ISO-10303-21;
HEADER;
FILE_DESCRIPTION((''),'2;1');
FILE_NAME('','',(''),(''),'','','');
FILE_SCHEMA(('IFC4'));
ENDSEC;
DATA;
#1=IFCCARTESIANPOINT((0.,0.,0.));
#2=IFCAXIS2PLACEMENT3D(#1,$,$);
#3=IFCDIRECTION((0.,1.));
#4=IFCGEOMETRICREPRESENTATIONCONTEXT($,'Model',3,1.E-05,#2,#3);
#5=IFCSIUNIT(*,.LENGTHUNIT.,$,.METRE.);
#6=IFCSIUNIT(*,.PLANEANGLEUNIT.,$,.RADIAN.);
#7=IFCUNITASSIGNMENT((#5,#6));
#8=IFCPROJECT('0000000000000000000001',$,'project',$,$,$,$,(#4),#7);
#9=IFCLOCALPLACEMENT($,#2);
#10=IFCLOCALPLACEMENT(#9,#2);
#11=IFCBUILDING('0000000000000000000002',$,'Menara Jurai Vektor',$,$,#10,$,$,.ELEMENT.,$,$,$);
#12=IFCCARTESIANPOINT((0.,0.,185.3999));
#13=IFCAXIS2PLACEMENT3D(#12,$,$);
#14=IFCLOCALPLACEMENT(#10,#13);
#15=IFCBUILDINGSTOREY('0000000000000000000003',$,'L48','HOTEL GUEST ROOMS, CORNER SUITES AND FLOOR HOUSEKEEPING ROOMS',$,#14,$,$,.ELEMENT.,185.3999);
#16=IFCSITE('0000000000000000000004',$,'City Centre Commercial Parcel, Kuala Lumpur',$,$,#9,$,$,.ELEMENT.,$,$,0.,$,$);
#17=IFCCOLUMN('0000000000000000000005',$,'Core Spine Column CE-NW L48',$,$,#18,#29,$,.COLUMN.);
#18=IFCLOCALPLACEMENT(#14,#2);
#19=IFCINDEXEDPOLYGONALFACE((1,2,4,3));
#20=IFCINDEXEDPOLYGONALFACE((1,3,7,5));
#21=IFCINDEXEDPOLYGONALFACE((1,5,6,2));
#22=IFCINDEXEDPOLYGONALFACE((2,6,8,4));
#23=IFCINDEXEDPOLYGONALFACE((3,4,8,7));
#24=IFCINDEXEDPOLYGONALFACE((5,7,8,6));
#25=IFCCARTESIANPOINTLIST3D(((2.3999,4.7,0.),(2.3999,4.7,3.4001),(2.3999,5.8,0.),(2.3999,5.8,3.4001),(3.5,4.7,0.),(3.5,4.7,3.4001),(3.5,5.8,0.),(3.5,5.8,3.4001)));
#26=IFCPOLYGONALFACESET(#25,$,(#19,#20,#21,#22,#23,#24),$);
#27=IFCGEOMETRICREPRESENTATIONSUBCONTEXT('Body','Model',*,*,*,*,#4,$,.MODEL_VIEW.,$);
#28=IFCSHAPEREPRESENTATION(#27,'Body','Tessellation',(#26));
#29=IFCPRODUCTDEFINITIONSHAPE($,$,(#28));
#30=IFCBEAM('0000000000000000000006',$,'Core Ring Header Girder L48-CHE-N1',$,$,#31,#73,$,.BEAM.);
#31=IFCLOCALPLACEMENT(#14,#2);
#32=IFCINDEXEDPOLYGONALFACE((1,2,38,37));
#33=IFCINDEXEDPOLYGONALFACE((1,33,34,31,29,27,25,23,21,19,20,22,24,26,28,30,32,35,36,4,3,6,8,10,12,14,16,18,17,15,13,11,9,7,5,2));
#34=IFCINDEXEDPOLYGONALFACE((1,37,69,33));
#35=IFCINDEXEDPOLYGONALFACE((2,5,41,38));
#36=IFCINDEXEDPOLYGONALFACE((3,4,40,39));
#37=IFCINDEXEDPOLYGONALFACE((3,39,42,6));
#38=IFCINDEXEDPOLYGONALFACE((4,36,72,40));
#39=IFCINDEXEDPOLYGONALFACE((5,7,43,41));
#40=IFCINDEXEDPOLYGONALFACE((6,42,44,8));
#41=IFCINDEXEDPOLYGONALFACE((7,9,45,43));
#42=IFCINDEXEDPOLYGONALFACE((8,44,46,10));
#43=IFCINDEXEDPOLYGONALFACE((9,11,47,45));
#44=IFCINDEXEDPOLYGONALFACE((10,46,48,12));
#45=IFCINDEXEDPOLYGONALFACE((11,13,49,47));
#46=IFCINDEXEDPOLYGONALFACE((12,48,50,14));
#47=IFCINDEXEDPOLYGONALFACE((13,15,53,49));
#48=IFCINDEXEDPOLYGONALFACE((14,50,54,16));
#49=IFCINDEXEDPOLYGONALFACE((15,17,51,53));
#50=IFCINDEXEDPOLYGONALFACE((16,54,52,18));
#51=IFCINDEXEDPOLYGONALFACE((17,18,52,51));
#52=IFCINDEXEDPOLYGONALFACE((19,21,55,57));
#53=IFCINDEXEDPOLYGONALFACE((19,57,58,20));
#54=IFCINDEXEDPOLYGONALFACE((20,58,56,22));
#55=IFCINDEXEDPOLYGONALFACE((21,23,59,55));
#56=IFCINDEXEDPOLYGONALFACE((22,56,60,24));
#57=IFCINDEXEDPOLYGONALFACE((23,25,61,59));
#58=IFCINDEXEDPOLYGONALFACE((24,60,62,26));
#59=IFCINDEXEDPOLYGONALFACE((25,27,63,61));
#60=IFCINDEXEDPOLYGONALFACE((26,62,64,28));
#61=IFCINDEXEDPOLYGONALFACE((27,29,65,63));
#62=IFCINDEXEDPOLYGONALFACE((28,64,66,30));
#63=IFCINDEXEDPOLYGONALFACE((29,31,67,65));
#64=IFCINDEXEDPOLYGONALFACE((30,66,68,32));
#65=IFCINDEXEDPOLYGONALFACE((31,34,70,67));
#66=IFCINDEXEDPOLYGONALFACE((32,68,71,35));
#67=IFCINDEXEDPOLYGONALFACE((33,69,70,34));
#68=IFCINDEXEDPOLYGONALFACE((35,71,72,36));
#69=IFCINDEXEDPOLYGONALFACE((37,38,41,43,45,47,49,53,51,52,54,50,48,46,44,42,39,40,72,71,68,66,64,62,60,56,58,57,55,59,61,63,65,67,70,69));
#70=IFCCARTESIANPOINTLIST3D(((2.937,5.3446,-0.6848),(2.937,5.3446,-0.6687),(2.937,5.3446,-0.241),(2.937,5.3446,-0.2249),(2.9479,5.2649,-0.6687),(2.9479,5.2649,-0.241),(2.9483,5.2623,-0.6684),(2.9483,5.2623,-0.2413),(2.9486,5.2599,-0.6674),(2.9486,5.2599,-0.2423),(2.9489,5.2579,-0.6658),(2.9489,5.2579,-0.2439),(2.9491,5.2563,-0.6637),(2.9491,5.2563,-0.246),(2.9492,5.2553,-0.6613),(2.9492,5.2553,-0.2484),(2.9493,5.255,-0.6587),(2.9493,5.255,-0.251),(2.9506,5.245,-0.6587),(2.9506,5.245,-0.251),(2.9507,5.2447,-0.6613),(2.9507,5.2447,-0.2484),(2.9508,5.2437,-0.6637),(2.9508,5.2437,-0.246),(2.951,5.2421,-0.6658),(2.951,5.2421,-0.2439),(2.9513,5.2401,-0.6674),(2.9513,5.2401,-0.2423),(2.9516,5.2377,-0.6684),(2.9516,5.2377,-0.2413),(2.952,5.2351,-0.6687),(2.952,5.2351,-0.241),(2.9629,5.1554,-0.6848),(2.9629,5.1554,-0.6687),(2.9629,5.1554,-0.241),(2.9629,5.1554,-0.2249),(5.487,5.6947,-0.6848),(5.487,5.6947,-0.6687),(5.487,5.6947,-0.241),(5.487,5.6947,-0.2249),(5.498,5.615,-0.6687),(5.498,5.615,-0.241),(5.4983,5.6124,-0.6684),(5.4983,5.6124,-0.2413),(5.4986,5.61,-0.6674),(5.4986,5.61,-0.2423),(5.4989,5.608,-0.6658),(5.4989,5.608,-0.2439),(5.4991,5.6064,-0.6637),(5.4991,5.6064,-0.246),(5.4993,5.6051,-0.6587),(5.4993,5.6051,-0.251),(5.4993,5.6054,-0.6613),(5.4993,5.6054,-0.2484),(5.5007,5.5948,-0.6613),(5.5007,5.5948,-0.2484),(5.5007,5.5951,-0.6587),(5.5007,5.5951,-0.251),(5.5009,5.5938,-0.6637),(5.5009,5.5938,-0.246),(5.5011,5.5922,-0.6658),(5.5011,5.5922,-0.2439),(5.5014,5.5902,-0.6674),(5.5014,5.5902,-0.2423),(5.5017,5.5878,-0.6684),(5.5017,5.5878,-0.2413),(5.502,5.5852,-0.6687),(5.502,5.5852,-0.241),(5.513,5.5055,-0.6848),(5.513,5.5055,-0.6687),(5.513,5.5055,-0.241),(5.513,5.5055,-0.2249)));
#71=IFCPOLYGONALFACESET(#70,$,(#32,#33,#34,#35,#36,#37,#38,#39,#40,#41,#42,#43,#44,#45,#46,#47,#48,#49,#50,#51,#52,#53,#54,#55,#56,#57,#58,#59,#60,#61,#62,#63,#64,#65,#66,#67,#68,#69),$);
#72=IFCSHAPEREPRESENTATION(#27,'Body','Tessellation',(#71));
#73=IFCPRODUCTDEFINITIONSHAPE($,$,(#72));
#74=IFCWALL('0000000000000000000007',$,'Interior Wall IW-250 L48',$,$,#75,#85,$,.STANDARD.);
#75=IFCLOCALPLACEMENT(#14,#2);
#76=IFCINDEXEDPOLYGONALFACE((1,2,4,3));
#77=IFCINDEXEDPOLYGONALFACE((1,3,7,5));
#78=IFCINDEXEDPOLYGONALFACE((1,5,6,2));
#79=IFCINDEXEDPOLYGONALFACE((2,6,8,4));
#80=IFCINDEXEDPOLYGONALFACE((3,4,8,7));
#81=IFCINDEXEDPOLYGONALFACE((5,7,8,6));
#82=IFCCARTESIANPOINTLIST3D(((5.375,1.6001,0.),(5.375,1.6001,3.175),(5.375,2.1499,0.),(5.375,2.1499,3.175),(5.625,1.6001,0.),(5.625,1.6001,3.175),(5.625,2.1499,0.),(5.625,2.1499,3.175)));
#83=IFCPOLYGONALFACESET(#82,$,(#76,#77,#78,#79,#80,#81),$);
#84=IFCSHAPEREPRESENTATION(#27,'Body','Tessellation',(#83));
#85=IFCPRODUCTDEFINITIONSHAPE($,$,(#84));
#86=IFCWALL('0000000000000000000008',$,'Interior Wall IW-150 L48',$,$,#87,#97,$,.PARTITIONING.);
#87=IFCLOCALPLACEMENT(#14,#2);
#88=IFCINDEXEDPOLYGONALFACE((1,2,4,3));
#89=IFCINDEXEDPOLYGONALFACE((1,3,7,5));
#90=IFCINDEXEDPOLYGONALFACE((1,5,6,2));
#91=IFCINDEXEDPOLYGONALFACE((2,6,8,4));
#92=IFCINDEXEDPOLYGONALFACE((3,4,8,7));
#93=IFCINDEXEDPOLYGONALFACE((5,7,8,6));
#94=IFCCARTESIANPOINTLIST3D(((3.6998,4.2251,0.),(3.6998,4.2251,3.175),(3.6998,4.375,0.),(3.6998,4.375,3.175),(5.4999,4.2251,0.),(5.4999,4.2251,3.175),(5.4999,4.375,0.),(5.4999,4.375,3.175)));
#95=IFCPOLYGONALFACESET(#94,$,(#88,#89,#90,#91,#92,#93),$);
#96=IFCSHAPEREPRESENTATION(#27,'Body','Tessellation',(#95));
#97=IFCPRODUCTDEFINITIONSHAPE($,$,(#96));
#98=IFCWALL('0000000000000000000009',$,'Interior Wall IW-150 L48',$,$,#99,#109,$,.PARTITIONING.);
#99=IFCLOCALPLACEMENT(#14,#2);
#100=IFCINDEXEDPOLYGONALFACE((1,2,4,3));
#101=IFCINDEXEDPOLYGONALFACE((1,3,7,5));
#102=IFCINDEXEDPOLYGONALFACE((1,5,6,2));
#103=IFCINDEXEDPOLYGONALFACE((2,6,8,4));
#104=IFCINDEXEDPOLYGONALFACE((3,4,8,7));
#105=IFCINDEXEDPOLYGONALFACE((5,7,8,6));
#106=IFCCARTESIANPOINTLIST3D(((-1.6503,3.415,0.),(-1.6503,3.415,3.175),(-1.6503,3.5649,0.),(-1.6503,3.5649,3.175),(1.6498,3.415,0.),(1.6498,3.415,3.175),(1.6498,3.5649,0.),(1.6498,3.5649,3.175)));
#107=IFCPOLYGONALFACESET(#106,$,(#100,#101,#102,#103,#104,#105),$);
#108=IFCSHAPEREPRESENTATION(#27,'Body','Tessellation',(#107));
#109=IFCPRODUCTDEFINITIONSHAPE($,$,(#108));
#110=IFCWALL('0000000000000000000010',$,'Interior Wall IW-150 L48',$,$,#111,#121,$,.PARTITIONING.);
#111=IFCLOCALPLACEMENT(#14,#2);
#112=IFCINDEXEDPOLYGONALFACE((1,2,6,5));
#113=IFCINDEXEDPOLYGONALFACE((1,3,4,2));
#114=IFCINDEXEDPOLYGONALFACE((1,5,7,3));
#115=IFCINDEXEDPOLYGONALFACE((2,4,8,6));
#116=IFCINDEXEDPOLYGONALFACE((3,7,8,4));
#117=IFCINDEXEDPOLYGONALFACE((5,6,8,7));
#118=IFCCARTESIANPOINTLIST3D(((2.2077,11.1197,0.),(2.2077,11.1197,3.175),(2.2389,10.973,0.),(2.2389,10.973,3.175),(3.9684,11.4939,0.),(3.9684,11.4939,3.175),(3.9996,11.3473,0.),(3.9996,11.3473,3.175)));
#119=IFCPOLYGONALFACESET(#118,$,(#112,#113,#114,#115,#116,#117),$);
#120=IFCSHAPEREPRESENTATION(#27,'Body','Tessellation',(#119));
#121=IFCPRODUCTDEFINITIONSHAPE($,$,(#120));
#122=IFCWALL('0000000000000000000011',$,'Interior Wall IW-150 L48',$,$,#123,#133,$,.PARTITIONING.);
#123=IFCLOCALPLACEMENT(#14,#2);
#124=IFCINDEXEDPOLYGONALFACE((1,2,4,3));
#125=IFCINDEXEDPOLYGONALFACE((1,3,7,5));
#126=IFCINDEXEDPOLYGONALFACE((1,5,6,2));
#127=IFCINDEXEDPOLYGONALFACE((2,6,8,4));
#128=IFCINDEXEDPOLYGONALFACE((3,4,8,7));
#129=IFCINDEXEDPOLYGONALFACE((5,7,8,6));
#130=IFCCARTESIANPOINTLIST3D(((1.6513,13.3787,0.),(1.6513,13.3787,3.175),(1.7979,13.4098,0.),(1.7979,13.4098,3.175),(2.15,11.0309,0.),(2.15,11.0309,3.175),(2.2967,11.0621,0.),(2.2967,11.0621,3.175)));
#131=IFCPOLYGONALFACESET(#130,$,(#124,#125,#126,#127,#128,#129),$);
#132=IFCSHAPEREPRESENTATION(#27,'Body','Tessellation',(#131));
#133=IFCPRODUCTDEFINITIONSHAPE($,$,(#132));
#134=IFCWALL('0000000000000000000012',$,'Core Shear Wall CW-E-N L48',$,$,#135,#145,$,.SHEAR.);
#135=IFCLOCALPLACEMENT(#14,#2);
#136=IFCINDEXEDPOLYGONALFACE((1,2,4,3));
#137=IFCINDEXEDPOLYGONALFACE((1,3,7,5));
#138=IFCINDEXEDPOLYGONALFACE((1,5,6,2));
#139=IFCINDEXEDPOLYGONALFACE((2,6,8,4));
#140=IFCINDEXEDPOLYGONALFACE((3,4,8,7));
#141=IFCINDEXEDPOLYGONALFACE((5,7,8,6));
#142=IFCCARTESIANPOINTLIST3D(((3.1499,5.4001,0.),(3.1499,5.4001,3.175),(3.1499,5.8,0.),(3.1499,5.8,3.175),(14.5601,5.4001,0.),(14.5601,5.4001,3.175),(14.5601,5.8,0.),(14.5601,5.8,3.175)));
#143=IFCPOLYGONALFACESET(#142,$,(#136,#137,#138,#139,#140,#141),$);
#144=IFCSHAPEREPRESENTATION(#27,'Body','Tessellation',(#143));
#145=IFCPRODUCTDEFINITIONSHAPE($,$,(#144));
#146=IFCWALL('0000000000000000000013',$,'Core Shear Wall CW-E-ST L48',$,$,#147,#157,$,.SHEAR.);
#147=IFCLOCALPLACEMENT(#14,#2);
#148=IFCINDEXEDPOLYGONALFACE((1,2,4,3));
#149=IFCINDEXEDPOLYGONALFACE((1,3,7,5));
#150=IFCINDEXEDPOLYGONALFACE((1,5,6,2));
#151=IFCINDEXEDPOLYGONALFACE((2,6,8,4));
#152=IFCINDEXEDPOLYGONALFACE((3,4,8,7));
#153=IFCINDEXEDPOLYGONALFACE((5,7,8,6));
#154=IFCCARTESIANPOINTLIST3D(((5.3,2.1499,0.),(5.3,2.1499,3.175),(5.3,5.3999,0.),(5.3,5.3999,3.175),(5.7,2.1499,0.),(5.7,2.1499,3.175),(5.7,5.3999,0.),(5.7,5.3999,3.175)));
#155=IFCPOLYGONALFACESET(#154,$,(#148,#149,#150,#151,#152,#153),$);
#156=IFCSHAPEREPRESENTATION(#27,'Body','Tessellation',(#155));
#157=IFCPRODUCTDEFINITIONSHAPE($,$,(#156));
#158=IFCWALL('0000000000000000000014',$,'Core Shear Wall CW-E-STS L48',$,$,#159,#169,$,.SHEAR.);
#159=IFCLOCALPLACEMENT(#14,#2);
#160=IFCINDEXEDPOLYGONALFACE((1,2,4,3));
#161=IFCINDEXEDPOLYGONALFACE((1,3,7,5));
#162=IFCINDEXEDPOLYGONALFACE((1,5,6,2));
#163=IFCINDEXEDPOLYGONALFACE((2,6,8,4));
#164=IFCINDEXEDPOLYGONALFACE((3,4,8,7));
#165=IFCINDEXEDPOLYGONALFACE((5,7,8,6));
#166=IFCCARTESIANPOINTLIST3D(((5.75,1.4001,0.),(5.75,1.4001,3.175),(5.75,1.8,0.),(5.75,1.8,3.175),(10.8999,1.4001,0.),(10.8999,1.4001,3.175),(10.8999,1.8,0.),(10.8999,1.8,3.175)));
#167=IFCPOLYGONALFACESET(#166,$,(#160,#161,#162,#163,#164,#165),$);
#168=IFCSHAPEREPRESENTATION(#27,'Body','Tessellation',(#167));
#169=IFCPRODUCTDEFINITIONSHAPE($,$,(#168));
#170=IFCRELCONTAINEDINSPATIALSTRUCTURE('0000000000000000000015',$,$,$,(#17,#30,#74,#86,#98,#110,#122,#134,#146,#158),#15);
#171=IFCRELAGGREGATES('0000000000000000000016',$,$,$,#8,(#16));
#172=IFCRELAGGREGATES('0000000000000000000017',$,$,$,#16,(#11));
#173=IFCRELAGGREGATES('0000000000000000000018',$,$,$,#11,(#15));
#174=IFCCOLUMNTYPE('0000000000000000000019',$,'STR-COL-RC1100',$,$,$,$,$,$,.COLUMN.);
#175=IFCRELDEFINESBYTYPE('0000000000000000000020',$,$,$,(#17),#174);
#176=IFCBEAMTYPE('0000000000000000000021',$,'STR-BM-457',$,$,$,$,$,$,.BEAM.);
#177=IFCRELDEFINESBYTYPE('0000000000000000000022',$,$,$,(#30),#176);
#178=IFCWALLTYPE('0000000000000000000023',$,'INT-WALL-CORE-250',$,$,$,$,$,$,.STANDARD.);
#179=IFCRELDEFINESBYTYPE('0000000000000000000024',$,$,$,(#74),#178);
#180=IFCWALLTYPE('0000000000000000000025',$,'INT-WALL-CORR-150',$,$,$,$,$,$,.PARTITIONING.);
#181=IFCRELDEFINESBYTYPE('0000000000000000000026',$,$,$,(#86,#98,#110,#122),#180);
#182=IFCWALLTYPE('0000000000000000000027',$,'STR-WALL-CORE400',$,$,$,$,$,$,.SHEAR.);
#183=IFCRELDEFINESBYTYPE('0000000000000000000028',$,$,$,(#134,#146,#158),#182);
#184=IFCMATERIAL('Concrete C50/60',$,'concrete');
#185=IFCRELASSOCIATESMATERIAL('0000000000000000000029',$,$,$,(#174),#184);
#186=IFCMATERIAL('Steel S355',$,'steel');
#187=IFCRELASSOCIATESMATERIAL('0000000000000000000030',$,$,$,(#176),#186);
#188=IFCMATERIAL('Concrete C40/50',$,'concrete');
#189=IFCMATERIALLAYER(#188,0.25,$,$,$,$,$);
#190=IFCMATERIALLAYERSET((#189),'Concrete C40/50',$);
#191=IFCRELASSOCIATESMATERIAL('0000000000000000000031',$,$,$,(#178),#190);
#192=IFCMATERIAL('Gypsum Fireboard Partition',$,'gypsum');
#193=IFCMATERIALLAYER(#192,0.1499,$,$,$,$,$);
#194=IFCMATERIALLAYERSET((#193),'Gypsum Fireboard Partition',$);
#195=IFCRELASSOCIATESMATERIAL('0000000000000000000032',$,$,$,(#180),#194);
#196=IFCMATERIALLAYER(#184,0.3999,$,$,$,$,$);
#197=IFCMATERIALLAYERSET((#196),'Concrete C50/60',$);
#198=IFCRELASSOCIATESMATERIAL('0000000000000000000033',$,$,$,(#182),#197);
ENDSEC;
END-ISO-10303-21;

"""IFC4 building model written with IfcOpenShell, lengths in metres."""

from ifc_helpers import new_model, si_unit, direction, frame, frame_2d, origin, origin_2d, place, context, subcontext, project, spatial, rectangle, i_section, extrude, material, layer, layer_set, material_profile, profile_set, type_object, element, save


model = new_model("IFC4")

# Units and contexts
model_context = context("Model", 3, precision=1e-05, world=origin(), true_north=direction((0.0, 1.0)))
body_context = subcontext(model_context, "Body", "Model", "MODEL_VIEW")
ifc_project = project(units=[si_unit("LENGTHUNIT", "METRE"), si_unit("PLANEANGLEUNIT", "RADIAN")], contexts=[model_context])

# Site, building, storey
site_placement = place(None, origin())
site = spatial("IfcSite", under=ifc_project, at=site_placement, Name="City Centre Commercial Parcel, Kuala Lumpur", CompositionType="ELEMENT", RefElevation=0.0)
building_placement = place(site_placement, origin())
building = spatial("IfcBuilding", under=site, at=building_placement, Name="Menara Jurai Vektor", CompositionType="ELEMENT")
storey_placement = place(building_placement, frame((0.0, 0.0, 185.3999)))
storey = spatial("IfcBuildingStorey", under=building, at=storey_placement, Name="L48", Description="HOTEL GUEST ROOMS, CORNER SUITES AND FLOOR HOUSEKEEPING ROOMS", CompositionType="ELEMENT", Elevation=185.3999)

# Column
ifc_material_1 = material(Name="Concrete C50/60", Category="concrete")
ifc_material_profile_1 = material_profile(ifc_material_1, rectangle(XDim=1.1001, YDim=1.1001, at=origin_2d()), Name="RC 1100x1100")
ifc_profile_set_1 = profile_set([ifc_material_profile_1], Name="Concrete C50/60")
column_type = type_object("IfcColumnType", Name="STR-COL-RC1100", PredefinedType="COLUMN", material=ifc_profile_set_1)
column_placement = place(storey_placement, frame((2.95, 5.25, 0.0), z_axis=(0.0, 0.0, 1.0), x_axis=(1.0, 0.0, 0.0)))
element("IfcColumn", 1, at=column_placement, inside=storey, type_object=column_type, Name="Core Spine Column CE-NW L48", PredefinedType="COLUMN", context=body_context, shape_type="SweptSolid", body=[
    extrude(rectangle(XDim=1.1001, YDim=1.1001, at=origin_2d()), origin(), (0.0, 0.0, 1.0), 3.4001),
])

# Beam
ifc_material_2 = material(Name="Steel S355", Category="steel")
ifc_material_profile_2 = material_profile(ifc_material_2, i_section(OverallWidth=0.1909, OverallDepth=0.46, WebThickness=0.01, FlangeThickness=0.0161, FilletRadius=0.01, at=origin_2d()), Name="UKB 457x191x82")
ifc_profile_set_2 = profile_set([ifc_material_profile_2], Name="Steel S355")
beam_type = type_object("IfcBeamType", Name="STR-BM-457", PredefinedType="BEAM", material=ifc_profile_set_2)
beam_placement = place(storey_placement, frame((2.95, 5.25, -0.4548), z_axis=(0.990707, 0.136015, 0.0), x_axis=(-0.136015, 0.990707, 0.0)))
element("IfcBeam", 2, at=beam_placement, inside=storey, type_object=beam_type, Name="Core Ring Header Girder L48-CHE-N1", PredefinedType="BEAM", context=body_context, shape_type="SweptSolid", body=[
    extrude(i_section(OverallWidth=0.1909, OverallDepth=0.46, WebThickness=0.01, FlangeThickness=0.0161, FilletRadius=0.01, at=origin_2d()), origin(), (0.0, 0.0, 1.0), 2.574),
])

# Walls
ifc_material_3 = material(Name="Concrete C40/50", Category="concrete")
ifc_layer_1 = layer(ifc_material_3, 0.25)
ifc_layer_set_1 = layer_set([ifc_layer_1], Name="Concrete C40/50")
wall_type_1 = type_object("IfcWallType", Name="INT-WALL-CORE-250", PredefinedType="STANDARD", material=ifc_layer_set_1)
wall_1_placement = place(storey_placement, frame((5.5, 1.6001, 0.0), z_axis=(0.0, 0.0, 1.0), x_axis=(0.0, 1.0, 0.0)))
element("IfcWall", 3, at=wall_1_placement, inside=storey, type_object=wall_type_1, Name="Interior Wall IW-250 L48", PredefinedType="STANDARD", context=body_context, shape_type="SweptSolid", body=[
    extrude(rectangle(XDim=0.5498, YDim=0.25, at=frame_2d((0.2749, 0.0))), origin(), (0.0, 0.0, 1.0), 3.175),
])
ifc_material_4 = material(Name="Gypsum Fireboard Partition", Category="gypsum")
ifc_layer_2 = layer(ifc_material_4, 0.1499)
ifc_layer_set_2 = layer_set([ifc_layer_2], Name="Gypsum Fireboard Partition")
wall_type_2 = type_object("IfcWallType", Name="INT-WALL-CORR-150", PredefinedType="PARTITIONING", material=ifc_layer_set_2)
wall_2_placement = place(storey_placement, frame((3.7, 4.3, 0.0), z_axis=(0.0, 0.0, 1.0), x_axis=(1.0, 0.0, 0.0)))
element("IfcWall", 4, at=wall_2_placement, inside=storey, type_object=wall_type_2, Name="Interior Wall IW-150 L48", PredefinedType="PARTITIONING", context=body_context, shape_type="SweptSolid", body=[
    extrude(rectangle(XDim=1.8, YDim=0.1499, at=frame_2d((0.8999, 0.0))), origin(), (0.0, 0.0, 1.0), 3.175),
])
wall_3_placement = place(storey_placement, frame((-1.6501, 3.49, 0.0), z_axis=(0.0, 0.0, 1.0), x_axis=(1.0, 0.0, 0.0)))
element("IfcWall", 5, at=wall_3_placement, inside=storey, type_object=wall_type_2, Name="Interior Wall IW-150 L48", PredefinedType="PARTITIONING", context=body_context, shape_type="SweptSolid", body=[
    extrude(rectangle(XDim=3.3, YDim=0.1499, at=frame_2d((1.6499, 0.0))), origin(), (0.0, 0.0, 1.0), 3.175),
])

# Wall
wall_4_placement = place(storey_placement, frame((2.2234, 11.0464, 0.0), z_axis=(0.0, 0.0, 1.0), x_axis=(0.978146, 0.207917, 0.0)))
element("IfcWall", 6, at=wall_4_placement, inside=storey, type_object=wall_type_2, Name="Interior Wall IW-150 L48", PredefinedType="PARTITIONING", context=body_context, shape_type="SweptSolid", body=[
    extrude(rectangle(XDim=1.8, YDim=0.1499, at=frame_2d((0.8999, 0.0))), origin(), (0.0, 0.0, 1.0), 3.175),
])

# Wall
wall_5_placement = place(storey_placement, frame((2.2234, 11.0464, 0.0), z_axis=(0.0, 0.0, 1.0), x_axis=(-0.20782, 0.978167, 0.0)))
element("IfcWall", 7, at=wall_5_placement, inside=storey, type_object=wall_type_2, Name="Interior Wall IW-150 L48", PredefinedType="PARTITIONING", context=body_context, shape_type="SweptSolid", body=[
    extrude(rectangle(XDim=2.4001, YDim=0.1499, at=frame_2d((1.2002, 0.0))), origin(), (0.0, 0.0, 1.0), 3.175),
])

# Walls
ifc_layer_3 = layer(ifc_material_1, 0.3999)
ifc_layer_set_3 = layer_set([ifc_layer_3], Name="Concrete C50/60")
wall_type_3 = type_object("IfcWallType", Name="STR-WALL-CORE400", PredefinedType="SHEAR", material=ifc_layer_set_3)
wall_6_placement = place(storey_placement, frame((3.1499, 5.6001, 0.0), z_axis=(0.0, 0.0, 1.0), x_axis=(1.0, 0.0, 0.0)))
element("IfcWall", 8, at=wall_6_placement, inside=storey, type_object=wall_type_3, Name="Core Shear Wall CW-E-N L48", PredefinedType="SHEAR", context=body_context, shape_type="SweptSolid", body=[
    extrude(rectangle(XDim=11.4102, YDim=0.3999, at=frame_2d((5.7051, 0.0))), origin(), (0.0, 0.0, 1.0), 3.175),
])
wall_7_placement = place(storey_placement, frame((5.5, 2.1499, 0.0), z_axis=(0.0, 0.0, 1.0), x_axis=(0.0, 1.0, 0.0)))
element("IfcWall", 9, at=wall_7_placement, inside=storey, type_object=wall_type_3, Name="Core Shear Wall CW-E-ST L48", PredefinedType="SHEAR", context=body_context, shape_type="SweptSolid", body=[
    extrude(rectangle(XDim=3.25, YDim=0.3999, at=frame_2d((1.625, 0.0))), origin(), (0.0, 0.0, 1.0), 3.175),
])
wall_8_placement = place(storey_placement, frame((5.75, 1.6001, 0.0), z_axis=(0.0, 0.0, 1.0), x_axis=(1.0, 0.0, 0.0)))
element("IfcWall", 10, at=wall_8_placement, inside=storey, type_object=wall_type_3, Name="Core Shear Wall CW-E-STS L48", PredefinedType="SHEAR", context=body_context, shape_type="SweptSolid", body=[
    extrude(rectangle(XDim=5.1499, YDim=0.3999, at=frame_2d((2.575, 0.0))), origin(), (0.0, 0.0, 1.0), 3.175),
])

save(model, "model.ifc")
